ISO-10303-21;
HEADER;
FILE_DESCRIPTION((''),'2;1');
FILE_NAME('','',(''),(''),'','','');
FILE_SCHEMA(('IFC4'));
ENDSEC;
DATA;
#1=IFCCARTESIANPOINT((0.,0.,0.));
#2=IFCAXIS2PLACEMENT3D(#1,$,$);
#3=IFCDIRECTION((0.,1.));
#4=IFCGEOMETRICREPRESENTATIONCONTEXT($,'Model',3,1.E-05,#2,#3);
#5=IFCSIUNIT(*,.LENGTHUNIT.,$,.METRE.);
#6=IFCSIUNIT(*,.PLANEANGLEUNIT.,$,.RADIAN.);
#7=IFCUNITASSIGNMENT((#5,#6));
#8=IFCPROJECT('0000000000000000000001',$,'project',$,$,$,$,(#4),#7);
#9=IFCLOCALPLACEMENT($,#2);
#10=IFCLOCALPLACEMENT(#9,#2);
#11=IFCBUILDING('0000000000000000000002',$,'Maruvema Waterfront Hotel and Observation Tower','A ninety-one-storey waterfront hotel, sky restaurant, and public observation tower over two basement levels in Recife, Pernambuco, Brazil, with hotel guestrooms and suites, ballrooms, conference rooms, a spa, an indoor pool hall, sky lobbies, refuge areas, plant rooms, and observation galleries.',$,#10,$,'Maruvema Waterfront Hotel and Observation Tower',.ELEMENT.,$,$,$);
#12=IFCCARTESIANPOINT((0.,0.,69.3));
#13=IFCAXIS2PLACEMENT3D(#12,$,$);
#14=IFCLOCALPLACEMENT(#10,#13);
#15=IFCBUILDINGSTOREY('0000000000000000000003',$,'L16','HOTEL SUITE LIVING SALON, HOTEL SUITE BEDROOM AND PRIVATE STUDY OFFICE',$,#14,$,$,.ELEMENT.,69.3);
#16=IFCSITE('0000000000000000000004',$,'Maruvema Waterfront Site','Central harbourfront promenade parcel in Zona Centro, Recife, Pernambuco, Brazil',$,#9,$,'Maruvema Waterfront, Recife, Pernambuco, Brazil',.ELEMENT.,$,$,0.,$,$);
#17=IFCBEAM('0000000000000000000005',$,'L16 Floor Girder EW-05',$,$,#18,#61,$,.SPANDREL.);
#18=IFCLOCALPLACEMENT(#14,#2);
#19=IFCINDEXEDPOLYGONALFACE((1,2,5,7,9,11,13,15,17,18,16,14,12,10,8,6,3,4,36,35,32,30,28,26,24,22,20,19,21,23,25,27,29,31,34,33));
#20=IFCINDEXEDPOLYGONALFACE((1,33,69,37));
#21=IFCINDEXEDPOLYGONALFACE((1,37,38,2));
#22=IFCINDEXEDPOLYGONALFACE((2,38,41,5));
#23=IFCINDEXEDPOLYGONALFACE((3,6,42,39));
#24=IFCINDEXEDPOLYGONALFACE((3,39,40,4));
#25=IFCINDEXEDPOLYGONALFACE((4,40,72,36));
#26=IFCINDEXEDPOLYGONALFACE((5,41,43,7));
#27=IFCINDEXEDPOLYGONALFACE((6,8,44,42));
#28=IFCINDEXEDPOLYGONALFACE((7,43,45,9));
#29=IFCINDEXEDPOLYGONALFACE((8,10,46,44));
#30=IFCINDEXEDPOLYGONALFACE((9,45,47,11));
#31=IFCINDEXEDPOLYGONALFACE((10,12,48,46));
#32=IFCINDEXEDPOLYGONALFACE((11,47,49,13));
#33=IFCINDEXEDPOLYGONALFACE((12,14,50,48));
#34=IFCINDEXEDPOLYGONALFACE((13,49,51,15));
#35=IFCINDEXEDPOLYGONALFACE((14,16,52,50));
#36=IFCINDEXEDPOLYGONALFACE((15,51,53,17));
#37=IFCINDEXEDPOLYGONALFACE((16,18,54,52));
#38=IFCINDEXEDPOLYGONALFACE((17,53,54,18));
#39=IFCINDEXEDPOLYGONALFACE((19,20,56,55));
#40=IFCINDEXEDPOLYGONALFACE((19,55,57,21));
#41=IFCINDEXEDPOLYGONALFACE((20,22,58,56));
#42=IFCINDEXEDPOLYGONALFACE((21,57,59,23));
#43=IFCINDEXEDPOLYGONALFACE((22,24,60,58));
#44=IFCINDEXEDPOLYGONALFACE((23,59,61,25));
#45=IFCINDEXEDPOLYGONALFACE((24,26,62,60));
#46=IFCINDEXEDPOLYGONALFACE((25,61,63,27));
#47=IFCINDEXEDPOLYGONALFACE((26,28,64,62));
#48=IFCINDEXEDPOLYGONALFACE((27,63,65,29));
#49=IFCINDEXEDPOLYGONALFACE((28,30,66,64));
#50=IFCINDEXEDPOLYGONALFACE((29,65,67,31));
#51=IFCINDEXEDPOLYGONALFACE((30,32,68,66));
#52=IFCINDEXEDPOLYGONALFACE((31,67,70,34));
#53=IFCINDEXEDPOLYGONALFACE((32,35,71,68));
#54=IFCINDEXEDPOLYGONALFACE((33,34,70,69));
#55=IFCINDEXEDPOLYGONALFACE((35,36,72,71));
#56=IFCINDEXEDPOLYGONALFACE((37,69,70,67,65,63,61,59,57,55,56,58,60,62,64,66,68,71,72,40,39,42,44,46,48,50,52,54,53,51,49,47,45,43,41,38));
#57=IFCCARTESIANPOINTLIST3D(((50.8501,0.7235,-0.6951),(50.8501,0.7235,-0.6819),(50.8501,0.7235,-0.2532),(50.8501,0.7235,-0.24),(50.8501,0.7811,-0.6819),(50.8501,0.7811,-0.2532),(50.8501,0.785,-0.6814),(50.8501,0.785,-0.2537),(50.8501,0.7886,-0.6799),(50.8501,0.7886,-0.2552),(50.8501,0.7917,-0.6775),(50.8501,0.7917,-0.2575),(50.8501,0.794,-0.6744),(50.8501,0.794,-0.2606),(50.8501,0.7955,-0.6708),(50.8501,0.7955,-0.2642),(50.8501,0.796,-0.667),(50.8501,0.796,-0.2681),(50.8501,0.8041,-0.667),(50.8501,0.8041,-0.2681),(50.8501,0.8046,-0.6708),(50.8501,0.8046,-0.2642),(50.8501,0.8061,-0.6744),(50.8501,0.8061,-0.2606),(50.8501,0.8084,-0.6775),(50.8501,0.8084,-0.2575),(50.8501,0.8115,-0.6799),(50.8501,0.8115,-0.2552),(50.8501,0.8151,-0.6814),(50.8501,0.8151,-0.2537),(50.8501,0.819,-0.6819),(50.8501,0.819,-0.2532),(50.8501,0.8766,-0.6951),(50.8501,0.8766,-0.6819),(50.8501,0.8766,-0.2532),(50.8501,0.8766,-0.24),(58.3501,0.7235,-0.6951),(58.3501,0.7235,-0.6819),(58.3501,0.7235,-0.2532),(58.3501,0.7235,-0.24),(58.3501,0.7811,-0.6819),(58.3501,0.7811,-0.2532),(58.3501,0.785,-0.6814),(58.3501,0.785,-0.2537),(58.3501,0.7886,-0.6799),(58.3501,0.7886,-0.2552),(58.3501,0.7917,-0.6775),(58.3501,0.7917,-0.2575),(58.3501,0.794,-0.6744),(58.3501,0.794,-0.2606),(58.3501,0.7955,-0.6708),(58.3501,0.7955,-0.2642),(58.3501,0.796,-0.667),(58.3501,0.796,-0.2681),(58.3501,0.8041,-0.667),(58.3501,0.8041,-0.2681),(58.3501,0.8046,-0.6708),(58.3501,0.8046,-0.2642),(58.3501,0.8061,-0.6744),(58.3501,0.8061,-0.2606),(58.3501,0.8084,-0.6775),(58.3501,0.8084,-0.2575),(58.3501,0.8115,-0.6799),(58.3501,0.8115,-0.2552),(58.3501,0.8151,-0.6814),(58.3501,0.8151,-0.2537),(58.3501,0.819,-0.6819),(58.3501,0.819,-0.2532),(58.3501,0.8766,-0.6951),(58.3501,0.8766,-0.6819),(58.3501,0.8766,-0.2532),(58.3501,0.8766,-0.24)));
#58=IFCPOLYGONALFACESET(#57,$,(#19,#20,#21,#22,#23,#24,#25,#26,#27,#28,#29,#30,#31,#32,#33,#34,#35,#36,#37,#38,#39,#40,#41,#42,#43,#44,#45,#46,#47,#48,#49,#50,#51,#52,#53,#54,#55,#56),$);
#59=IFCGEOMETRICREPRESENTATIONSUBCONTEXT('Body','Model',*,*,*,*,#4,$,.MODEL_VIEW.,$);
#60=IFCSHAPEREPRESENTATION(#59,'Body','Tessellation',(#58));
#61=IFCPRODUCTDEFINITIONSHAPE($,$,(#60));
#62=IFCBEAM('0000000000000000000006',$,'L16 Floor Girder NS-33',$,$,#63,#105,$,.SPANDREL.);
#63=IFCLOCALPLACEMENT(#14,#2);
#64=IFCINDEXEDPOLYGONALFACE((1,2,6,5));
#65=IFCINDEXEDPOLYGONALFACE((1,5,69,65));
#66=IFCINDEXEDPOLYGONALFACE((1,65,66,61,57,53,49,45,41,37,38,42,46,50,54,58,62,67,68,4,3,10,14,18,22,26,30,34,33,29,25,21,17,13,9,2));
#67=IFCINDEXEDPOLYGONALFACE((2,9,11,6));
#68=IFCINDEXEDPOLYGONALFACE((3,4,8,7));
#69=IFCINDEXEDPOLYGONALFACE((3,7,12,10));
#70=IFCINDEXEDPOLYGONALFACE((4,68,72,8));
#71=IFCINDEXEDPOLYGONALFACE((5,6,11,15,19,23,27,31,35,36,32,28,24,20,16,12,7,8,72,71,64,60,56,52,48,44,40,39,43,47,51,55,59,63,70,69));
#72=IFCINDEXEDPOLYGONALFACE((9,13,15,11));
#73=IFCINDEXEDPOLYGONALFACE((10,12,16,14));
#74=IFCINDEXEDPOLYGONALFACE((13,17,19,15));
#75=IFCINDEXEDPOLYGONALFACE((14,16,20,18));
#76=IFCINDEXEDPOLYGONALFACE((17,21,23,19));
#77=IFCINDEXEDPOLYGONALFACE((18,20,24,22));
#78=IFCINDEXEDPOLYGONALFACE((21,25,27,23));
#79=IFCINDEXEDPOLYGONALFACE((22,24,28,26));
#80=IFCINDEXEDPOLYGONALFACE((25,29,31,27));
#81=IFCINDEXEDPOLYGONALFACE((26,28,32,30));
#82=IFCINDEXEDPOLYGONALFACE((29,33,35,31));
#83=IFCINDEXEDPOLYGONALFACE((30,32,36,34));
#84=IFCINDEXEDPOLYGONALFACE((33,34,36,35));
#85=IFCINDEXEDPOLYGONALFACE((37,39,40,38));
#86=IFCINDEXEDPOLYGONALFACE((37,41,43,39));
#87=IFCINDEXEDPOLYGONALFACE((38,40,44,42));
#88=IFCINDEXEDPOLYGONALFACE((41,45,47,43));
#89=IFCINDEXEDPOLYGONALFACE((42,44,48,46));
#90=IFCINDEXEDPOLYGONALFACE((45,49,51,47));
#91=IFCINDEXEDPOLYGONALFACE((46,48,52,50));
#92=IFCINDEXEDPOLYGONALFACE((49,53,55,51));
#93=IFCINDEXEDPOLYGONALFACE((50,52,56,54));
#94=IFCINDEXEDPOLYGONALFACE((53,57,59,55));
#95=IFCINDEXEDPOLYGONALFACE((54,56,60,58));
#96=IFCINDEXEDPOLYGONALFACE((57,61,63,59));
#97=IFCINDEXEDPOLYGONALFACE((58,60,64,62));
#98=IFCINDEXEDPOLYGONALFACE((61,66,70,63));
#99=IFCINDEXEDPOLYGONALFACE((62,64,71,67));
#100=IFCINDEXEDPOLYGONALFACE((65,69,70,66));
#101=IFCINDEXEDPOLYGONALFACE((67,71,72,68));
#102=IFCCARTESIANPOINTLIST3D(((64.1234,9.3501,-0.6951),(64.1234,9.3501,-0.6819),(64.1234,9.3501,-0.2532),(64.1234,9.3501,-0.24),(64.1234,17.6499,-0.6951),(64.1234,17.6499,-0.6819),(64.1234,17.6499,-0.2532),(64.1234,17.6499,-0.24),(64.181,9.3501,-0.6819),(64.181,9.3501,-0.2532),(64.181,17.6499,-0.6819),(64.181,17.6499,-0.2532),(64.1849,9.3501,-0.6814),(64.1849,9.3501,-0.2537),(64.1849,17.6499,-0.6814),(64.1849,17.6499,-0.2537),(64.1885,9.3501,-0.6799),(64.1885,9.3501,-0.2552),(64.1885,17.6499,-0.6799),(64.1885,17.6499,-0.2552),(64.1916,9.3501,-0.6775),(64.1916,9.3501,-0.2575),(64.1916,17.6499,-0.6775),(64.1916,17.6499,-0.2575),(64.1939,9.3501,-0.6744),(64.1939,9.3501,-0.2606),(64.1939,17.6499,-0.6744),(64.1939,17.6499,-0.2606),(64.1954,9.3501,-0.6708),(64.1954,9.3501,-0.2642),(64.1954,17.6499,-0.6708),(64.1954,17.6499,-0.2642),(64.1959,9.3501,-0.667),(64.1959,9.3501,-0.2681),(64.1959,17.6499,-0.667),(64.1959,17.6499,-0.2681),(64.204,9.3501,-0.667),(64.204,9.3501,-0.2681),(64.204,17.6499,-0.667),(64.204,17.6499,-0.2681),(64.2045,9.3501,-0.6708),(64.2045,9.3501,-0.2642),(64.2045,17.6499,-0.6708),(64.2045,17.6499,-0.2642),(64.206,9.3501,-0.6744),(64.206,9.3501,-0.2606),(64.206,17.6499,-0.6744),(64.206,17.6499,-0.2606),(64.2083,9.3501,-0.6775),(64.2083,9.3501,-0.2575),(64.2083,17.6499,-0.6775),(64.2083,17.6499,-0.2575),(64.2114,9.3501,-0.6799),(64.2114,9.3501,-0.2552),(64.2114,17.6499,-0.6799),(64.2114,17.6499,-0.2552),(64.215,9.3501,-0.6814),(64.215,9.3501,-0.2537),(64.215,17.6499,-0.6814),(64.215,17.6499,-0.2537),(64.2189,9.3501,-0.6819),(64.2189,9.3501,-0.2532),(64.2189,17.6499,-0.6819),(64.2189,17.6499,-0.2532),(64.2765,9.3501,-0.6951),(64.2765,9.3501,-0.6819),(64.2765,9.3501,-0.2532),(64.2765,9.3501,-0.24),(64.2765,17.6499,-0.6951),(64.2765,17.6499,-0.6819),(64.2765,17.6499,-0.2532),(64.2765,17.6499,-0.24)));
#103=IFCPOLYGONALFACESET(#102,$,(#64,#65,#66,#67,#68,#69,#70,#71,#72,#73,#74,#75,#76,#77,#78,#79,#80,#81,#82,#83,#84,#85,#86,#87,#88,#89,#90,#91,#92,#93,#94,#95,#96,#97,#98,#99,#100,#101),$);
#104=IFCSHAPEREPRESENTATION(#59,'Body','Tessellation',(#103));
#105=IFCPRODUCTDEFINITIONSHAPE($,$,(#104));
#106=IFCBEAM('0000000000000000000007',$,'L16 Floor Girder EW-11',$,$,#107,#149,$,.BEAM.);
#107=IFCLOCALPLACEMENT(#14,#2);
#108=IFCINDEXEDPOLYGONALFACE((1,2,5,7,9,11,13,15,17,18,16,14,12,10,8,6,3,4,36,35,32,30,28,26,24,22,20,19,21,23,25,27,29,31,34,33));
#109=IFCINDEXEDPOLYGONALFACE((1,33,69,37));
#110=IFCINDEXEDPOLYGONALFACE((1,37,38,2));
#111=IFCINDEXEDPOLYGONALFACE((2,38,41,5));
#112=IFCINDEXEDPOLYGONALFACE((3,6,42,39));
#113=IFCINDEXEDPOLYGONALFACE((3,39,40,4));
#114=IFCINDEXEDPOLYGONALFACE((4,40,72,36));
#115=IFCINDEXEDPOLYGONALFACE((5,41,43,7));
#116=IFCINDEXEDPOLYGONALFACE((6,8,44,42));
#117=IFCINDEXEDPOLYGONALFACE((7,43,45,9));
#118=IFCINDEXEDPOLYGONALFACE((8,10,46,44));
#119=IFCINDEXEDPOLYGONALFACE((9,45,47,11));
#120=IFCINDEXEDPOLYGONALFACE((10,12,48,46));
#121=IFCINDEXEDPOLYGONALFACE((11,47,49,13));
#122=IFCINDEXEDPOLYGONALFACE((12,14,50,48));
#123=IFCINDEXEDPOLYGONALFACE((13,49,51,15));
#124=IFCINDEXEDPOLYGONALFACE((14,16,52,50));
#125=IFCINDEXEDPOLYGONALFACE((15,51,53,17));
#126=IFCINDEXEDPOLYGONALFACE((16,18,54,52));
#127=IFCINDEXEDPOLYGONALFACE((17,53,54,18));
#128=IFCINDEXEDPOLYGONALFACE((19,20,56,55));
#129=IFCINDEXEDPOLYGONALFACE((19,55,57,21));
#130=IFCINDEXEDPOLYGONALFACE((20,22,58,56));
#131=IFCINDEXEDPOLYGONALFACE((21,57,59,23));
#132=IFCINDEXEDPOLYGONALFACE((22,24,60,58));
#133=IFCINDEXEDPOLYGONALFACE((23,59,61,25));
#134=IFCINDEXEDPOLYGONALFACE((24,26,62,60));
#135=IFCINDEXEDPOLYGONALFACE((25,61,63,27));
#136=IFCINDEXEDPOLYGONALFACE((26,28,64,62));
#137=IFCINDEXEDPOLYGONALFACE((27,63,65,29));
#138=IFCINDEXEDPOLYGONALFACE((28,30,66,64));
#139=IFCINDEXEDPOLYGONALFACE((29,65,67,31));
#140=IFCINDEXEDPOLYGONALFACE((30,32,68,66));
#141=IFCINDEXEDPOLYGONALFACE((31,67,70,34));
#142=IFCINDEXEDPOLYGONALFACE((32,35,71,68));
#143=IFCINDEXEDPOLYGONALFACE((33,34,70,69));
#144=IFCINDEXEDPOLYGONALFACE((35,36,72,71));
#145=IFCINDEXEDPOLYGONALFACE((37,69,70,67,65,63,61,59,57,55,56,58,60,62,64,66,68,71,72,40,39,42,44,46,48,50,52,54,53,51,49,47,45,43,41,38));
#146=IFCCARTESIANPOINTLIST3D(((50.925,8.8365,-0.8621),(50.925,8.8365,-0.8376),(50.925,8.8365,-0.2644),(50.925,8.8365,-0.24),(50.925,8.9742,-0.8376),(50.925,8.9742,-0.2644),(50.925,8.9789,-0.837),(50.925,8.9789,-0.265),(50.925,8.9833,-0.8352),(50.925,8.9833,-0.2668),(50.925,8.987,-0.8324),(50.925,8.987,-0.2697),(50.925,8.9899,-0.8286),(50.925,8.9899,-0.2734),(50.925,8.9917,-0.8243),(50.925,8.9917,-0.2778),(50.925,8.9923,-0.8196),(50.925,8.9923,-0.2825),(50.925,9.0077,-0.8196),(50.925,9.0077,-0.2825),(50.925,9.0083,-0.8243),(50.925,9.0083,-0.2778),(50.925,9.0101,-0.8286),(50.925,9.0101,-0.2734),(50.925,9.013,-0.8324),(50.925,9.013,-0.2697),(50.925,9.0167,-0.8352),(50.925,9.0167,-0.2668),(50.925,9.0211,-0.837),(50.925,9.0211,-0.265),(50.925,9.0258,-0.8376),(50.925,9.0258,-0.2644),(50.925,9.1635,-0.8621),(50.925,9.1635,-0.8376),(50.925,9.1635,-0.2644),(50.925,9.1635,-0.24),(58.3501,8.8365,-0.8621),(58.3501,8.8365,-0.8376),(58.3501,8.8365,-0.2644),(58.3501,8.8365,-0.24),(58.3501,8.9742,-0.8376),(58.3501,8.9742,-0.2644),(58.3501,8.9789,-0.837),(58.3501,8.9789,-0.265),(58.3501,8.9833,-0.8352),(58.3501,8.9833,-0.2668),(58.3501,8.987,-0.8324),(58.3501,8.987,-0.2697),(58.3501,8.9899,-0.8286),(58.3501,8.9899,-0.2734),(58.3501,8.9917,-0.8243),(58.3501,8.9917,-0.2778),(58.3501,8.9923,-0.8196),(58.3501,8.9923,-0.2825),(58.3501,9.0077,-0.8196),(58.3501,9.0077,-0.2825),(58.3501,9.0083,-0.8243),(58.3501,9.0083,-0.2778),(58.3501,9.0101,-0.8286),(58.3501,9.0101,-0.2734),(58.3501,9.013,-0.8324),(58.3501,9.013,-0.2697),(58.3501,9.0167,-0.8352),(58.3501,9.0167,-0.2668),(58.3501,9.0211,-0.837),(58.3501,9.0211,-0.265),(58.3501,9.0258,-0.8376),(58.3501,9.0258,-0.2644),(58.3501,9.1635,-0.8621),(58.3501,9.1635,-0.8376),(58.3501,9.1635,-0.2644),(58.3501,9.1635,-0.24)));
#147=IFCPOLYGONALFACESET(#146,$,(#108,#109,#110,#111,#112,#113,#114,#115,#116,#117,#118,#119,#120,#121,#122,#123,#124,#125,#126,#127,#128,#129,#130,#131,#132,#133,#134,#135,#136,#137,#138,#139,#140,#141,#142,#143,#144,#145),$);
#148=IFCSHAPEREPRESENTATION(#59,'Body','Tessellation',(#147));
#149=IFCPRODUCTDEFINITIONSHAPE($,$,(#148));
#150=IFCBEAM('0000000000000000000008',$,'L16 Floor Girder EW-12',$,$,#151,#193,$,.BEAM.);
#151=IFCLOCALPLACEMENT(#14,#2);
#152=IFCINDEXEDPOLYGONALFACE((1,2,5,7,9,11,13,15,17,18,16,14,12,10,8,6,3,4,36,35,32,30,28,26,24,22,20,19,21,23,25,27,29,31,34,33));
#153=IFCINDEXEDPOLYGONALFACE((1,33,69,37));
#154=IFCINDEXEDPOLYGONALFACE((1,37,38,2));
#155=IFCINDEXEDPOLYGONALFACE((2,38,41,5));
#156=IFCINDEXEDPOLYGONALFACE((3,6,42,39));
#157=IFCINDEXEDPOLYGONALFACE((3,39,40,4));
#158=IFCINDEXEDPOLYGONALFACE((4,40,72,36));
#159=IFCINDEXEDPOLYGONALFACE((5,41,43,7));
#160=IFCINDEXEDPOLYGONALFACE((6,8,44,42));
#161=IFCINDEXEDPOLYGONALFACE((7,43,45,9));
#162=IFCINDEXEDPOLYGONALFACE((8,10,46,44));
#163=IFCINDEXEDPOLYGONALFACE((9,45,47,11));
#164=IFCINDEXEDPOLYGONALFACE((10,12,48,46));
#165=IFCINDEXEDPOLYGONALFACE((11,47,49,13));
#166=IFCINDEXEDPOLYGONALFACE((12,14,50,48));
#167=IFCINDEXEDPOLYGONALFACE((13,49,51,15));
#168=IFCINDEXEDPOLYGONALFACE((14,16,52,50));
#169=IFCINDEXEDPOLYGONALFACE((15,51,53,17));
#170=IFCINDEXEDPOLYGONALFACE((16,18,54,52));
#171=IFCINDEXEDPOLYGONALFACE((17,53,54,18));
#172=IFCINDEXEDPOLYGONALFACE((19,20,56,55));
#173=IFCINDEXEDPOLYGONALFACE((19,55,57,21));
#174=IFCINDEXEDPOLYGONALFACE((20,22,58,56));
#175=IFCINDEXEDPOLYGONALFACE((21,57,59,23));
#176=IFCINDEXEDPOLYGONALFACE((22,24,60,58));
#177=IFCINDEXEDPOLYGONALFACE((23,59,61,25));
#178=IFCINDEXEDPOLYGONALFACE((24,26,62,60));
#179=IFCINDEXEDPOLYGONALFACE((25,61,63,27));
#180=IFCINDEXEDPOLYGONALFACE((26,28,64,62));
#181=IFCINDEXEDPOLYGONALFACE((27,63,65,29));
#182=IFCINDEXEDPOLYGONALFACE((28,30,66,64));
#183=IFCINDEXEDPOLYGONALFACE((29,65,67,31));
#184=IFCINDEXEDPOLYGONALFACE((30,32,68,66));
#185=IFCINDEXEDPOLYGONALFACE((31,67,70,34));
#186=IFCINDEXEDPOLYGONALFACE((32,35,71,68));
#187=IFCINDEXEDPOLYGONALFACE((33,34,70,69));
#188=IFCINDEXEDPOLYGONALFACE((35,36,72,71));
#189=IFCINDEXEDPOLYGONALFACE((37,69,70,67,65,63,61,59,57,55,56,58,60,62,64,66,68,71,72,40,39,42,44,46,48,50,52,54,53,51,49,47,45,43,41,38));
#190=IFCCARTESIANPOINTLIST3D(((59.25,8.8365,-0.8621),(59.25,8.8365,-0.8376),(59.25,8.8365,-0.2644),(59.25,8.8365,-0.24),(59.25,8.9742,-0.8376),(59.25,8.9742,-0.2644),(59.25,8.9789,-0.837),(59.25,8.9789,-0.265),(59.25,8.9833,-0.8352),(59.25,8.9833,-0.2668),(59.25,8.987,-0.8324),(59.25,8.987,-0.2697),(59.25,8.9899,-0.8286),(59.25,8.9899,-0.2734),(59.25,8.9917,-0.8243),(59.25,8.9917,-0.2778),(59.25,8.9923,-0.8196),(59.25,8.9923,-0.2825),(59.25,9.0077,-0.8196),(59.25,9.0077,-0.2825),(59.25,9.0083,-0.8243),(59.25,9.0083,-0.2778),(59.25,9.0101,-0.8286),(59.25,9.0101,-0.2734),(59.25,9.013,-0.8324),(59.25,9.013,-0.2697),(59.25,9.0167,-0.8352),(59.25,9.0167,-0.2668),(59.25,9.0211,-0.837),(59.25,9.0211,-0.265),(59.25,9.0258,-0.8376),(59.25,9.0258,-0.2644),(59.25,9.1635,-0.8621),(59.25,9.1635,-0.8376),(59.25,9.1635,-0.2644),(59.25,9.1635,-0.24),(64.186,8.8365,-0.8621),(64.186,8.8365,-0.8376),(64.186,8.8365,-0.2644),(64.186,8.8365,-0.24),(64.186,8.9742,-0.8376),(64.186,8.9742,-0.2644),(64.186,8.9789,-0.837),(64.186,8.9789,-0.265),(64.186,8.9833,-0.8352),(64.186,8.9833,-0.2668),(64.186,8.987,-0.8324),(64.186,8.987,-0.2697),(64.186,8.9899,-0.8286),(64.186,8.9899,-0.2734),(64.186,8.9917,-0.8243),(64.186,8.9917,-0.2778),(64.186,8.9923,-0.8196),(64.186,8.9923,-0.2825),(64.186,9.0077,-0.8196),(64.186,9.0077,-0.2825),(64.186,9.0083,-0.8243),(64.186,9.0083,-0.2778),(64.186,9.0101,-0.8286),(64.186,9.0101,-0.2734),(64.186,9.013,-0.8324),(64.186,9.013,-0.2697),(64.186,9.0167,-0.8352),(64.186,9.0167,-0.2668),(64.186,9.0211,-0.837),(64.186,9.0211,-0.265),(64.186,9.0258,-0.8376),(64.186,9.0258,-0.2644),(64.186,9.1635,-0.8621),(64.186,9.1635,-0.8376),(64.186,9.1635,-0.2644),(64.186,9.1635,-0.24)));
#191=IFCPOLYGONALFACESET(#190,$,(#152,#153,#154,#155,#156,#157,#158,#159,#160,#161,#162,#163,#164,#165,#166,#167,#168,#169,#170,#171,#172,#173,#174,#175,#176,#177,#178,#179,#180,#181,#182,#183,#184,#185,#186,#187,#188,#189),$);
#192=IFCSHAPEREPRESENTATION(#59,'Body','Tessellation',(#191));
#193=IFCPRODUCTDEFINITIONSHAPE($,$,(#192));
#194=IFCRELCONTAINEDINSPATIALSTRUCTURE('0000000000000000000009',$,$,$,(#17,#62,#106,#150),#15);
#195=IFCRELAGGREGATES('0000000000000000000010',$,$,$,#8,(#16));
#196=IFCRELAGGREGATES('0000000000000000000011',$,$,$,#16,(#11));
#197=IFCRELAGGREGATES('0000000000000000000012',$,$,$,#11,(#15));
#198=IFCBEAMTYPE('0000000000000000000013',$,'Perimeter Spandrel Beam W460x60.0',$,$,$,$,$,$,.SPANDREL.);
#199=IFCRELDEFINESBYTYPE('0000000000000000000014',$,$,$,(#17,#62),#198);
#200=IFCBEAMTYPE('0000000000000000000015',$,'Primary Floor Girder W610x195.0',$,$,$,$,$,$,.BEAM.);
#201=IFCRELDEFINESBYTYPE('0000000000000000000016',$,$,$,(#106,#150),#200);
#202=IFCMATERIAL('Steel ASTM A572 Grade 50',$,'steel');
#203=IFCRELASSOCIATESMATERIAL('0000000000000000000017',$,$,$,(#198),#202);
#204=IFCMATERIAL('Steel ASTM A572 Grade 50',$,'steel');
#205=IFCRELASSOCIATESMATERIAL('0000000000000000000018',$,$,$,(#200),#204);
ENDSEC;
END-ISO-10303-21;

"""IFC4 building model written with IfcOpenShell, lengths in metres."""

from ifc_helpers import new_model, si_unit, direction, frame, origin, origin_2d, place, context, subcontext, project, spatial, i_section, extrude, material, material_profile, profile_set, type_object, element, save


model = new_model("IFC4")

# Units and contexts
model_context = context("Model", 3, precision=1e-05, world=origin(), true_north=direction((0.0, 1.0)))
body_context = subcontext(model_context, "Body", "Model", "MODEL_VIEW")
ifc_project = project(units=[si_unit("LENGTHUNIT", "METRE"), si_unit("PLANEANGLEUNIT", "RADIAN")], contexts=[model_context])

# Site, building, storey
site_placement = place(None, origin())
site = spatial("IfcSite", under=ifc_project, at=site_placement, Name="Maruvema Waterfront Site", Description="Central harbourfront promenade parcel in Zona Centro, Recife, Pernambuco, Brazil", LongName="Maruvema Waterfront, Recife, Pernambuco, Brazil", CompositionType="ELEMENT", RefElevation=0.0)
building_placement = place(site_placement, origin())
building = spatial("IfcBuilding", under=site, at=building_placement, Name="Maruvema Waterfront Hotel and Observation Tower", Description="A ninety-one-storey waterfront hotel, sky restaurant, and public observation tower over two basement levels in Recife, Pernambuco, Brazil, with hotel guestrooms and suites, ballrooms, conference rooms, a spa, an indoor pool hall, sky lobbies, refuge areas, plant rooms, and observation galleries.", LongName="Maruvema Waterfront Hotel and Observation Tower", CompositionType="ELEMENT")
storey_placement = place(building_placement, frame((0.0, 0.0, 69.3)))
storey = spatial("IfcBuildingStorey", under=building, at=storey_placement, Name="L16", Description="HOTEL SUITE LIVING SALON, HOTEL SUITE BEDROOM AND PRIVATE STUDY OFFICE", CompositionType="ELEMENT", Elevation=69.3)

# Beams
ifc_material_1 = material(Name="Steel ASTM A572 Grade 50", Category="steel")
ifc_material_profile_1 = material_profile(ifc_material_1, i_section(OverallWidth=0.1531, OverallDepth=0.4551, WebThickness=0.0081, FlangeThickness=0.0132, FilletRadius=0.0149, at=origin_2d()), Name="W460x60.0")
ifc_profile_set_1 = profile_set([ifc_material_profile_1], Name="Steel ASTM A572 Grade 50")
beam_type_1 = type_object("IfcBeamType", Name="Perimeter Spandrel Beam W460x60.0", PredefinedType="SPANDREL", material=ifc_profile_set_1)
beam_1_placement = place(storey_placement, frame((50.8501, 0.8, -0.4675), z_axis=(1.0, 0.0, 0.0), x_axis=(0.0, 1.0, 0.0)))
element("IfcBeam", 1, at=beam_1_placement, inside=storey, type_object=beam_type_1, Name="L16 Floor Girder EW-05", PredefinedType="SPANDREL", context=body_context, shape_type="SweptSolid", body=[
    extrude(i_section(OverallWidth=0.1531, OverallDepth=0.4551, WebThickness=0.0081, FlangeThickness=0.0132, FilletRadius=0.0149, at=origin_2d()), origin(), (0.0, 0.0, 1.0), 7.5),
])
beam_2_placement = place(storey_placement, frame((64.2, 9.3501, -0.4675), z_axis=(0.0, 1.0, 0.0), x_axis=(-1.0, 0.0, 0.0)))
element("IfcBeam", 2, at=beam_2_placement, inside=storey, type_object=beam_type_1, Name="L16 Floor Girder NS-33", PredefinedType="SPANDREL", context=body_context, shape_type="SweptSolid", body=[
    extrude(i_section(OverallWidth=0.1531, OverallDepth=0.4551, WebThickness=0.0081, FlangeThickness=0.0132, FilletRadius=0.0149, at=origin_2d()), origin(), (0.0, 0.0, 1.0), 8.2998),
])
ifc_material_2 = material(Name="Steel ASTM A572 Grade 50", Category="steel")
ifc_material_profile_2 = material_profile(ifc_material_2, i_section(OverallWidth=0.3269, OverallDepth=0.6221, WebThickness=0.0154, FlangeThickness=0.0244, FilletRadius=0.0181, at=origin_2d()), Name="W610x195.0")
ifc_profile_set_2 = profile_set([ifc_material_profile_2], Name="Steel ASTM A572 Grade 50")
beam_type_2 = type_object("IfcBeamType", Name="Primary Floor Girder W610x195.0", PredefinedType="BEAM", material=ifc_profile_set_2)
beam_3_placement = place(storey_placement, frame((50.925, 9.0, -0.551), z_axis=(1.0, 0.0, 0.0), x_axis=(0.0, 1.0, 0.0)))
element("IfcBeam", 3, at=beam_3_placement, inside=storey, type_object=beam_type_2, Name="L16 Floor Girder EW-11", PredefinedType="BEAM", context=body_context, shape_type="SweptSolid", body=[
    extrude(i_section(OverallWidth=0.3269, OverallDepth=0.6221, WebThickness=0.0154, FlangeThickness=0.0244, FilletRadius=0.0181, at=origin_2d()), origin(), (0.0, 0.0, 1.0), 7.425),
])
beam_4_placement = place(storey_placement, frame((59.25, 9.0, -0.551), z_axis=(1.0, 0.0, 0.0), x_axis=(0.0, 1.0, 0.0)))
element("IfcBeam", 4, at=beam_4_placement, inside=storey, type_object=beam_type_2, Name="L16 Floor Girder EW-12", PredefinedType="BEAM", context=body_context, shape_type="SweptSolid", body=[
    extrude(i_section(OverallWidth=0.3269, OverallDepth=0.6221, WebThickness=0.0154, FlangeThickness=0.0244, FilletRadius=0.0181, at=origin_2d()), origin(), (0.0, 0.0, 1.0), 4.936),
])

save(model, "model.ifc")
